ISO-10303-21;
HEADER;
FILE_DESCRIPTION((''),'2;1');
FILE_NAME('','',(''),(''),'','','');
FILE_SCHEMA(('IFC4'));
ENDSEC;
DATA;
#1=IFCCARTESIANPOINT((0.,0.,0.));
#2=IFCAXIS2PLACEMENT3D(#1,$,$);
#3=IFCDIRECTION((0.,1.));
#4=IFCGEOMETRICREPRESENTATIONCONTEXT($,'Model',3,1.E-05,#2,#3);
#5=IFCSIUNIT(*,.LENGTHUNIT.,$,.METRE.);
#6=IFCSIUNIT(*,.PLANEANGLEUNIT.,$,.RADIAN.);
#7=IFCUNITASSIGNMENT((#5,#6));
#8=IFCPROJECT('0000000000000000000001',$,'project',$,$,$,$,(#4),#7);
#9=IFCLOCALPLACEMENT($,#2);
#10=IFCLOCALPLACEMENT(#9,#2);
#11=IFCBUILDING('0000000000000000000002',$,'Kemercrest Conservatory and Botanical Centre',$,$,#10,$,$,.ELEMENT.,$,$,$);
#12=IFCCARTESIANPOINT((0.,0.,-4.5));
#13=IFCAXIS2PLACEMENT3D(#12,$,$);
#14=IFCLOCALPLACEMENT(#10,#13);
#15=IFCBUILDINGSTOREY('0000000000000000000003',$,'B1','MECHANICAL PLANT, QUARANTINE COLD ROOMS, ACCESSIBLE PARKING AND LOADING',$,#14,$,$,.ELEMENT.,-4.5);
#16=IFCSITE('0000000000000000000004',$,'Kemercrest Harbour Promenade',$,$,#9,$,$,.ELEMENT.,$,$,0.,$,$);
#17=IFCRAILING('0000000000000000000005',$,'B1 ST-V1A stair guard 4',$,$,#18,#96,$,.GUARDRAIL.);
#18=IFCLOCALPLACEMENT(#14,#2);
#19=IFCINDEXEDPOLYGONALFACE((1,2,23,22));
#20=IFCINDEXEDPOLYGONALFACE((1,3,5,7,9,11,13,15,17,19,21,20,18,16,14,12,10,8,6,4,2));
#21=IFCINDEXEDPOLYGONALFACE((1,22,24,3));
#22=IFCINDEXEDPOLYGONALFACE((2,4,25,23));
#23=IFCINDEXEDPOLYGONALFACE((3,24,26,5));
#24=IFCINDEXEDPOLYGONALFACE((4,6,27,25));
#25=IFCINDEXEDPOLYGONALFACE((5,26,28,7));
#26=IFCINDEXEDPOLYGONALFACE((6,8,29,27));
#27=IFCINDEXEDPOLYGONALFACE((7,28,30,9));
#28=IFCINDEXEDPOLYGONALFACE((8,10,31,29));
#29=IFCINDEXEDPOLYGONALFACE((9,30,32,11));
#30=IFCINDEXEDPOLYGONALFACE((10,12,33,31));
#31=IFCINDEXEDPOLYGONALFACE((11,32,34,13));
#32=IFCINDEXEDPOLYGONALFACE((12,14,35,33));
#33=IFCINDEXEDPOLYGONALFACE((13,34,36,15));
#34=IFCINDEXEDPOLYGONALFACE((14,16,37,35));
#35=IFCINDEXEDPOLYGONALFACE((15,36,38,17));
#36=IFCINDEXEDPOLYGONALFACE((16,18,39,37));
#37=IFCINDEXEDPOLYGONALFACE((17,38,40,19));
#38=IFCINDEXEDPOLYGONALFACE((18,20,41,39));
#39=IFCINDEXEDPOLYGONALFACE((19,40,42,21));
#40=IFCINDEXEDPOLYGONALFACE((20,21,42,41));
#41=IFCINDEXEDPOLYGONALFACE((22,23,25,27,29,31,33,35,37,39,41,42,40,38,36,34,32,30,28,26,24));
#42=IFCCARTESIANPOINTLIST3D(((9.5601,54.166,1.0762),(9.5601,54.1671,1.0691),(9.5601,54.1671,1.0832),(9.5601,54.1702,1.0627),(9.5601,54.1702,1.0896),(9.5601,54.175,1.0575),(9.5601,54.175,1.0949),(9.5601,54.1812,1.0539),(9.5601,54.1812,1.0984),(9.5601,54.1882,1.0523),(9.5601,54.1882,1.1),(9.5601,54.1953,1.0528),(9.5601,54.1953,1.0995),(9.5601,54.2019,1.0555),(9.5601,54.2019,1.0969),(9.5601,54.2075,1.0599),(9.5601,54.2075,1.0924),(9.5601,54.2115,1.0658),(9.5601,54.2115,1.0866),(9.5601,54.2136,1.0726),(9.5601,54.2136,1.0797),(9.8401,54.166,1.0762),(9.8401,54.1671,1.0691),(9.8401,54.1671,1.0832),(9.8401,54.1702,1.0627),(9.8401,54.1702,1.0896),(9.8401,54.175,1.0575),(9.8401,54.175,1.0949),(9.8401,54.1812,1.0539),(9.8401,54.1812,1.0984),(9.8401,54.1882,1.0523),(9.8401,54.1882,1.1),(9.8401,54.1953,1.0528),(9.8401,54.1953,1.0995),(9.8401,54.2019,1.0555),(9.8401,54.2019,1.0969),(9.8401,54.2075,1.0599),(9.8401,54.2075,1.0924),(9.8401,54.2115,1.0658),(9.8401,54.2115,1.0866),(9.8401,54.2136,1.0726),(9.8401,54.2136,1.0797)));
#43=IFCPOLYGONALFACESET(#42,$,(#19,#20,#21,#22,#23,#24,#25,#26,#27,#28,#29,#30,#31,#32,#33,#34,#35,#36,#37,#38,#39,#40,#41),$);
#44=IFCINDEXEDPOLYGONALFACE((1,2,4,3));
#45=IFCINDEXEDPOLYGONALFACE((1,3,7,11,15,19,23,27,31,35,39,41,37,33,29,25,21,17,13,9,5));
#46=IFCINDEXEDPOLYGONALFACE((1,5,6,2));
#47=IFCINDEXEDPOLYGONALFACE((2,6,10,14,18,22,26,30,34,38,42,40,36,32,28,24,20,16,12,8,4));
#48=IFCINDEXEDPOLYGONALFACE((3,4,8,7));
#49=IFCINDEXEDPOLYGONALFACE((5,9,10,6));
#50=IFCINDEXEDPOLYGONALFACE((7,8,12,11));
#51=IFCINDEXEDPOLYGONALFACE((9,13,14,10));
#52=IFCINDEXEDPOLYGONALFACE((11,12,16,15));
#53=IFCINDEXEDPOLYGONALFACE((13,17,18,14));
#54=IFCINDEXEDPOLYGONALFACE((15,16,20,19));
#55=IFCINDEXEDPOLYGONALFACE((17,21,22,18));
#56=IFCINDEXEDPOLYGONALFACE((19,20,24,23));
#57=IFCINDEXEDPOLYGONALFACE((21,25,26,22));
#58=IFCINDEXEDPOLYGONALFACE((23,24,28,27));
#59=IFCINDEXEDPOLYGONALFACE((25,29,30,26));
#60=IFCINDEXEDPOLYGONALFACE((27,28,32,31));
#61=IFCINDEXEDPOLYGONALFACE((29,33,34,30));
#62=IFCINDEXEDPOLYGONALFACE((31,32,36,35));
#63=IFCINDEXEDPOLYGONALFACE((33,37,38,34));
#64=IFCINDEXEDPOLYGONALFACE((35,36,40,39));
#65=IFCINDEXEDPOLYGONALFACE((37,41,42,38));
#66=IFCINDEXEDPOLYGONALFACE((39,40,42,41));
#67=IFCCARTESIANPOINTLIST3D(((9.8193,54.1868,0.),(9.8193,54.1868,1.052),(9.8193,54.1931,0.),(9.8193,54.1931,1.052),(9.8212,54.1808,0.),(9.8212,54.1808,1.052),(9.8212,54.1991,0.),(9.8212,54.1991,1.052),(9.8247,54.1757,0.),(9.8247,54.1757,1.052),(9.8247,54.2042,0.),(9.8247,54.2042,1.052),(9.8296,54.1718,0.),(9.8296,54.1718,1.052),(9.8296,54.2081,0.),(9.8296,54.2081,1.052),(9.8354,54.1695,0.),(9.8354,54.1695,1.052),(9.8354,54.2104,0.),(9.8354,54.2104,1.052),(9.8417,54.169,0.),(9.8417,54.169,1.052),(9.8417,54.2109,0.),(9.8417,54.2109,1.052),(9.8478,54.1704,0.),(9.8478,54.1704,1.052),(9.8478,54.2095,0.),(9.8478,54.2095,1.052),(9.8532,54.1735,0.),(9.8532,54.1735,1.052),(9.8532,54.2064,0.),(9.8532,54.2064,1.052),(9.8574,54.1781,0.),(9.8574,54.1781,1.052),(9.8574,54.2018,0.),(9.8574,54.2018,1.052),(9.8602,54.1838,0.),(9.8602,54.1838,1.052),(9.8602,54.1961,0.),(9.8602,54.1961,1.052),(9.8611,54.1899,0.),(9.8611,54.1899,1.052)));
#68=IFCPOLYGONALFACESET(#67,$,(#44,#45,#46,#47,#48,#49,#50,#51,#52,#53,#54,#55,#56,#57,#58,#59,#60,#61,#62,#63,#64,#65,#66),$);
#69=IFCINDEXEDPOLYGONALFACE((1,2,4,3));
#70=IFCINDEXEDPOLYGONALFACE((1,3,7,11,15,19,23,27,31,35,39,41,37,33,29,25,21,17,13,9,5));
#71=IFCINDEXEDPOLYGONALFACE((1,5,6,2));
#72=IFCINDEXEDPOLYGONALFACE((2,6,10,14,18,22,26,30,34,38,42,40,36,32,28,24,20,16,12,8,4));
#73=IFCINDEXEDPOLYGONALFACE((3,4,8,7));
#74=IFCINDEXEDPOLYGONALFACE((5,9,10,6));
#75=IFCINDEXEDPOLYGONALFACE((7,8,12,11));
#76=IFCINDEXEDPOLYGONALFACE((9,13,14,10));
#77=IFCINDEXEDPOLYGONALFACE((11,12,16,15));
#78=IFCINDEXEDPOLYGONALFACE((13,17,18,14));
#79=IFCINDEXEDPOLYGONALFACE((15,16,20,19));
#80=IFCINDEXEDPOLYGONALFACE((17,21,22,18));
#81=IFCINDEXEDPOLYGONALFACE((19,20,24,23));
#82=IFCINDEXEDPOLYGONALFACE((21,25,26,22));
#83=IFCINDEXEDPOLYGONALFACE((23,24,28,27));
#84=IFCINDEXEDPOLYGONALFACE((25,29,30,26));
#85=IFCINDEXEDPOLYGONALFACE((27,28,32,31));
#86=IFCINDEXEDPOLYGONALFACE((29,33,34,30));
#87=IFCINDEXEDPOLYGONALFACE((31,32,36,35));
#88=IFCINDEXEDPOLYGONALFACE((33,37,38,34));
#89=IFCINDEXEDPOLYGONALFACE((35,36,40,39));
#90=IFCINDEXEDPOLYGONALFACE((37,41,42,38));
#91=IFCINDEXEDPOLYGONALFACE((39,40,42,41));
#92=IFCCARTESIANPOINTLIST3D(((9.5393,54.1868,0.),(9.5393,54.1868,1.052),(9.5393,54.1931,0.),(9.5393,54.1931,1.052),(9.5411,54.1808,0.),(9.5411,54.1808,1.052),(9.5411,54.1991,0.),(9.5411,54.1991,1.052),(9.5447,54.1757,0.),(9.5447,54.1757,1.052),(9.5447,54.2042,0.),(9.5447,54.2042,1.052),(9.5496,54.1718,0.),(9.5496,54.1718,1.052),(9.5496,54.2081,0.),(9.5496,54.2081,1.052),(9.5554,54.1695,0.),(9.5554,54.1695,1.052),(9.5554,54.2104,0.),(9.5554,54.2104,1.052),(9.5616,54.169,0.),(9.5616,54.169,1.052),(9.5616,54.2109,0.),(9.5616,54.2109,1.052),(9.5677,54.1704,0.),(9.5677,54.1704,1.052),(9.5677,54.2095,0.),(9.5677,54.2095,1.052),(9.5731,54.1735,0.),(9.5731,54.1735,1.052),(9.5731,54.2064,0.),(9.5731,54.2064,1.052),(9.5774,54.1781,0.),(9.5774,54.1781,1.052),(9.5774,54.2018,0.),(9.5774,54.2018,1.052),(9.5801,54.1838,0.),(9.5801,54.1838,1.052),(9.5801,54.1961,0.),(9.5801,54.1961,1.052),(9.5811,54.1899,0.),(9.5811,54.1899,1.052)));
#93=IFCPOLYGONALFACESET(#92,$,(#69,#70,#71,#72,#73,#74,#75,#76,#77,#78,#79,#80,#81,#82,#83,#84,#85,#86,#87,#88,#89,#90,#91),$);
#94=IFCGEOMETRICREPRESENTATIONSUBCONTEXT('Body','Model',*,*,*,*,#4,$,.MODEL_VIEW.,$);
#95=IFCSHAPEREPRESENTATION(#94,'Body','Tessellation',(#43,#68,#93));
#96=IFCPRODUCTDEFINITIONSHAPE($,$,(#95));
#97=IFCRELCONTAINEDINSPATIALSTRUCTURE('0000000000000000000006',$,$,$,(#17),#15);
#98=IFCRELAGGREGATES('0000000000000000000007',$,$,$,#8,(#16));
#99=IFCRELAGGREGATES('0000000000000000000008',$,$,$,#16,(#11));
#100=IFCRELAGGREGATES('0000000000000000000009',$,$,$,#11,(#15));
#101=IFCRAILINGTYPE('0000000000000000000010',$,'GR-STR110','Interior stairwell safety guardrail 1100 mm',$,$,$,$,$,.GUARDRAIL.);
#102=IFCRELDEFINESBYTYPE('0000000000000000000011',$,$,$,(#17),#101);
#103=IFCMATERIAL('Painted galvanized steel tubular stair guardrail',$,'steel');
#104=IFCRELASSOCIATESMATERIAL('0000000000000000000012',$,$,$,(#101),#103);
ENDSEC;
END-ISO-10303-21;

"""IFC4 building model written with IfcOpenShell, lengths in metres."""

from ifc_helpers import new_model, si_unit, direction, frame, origin, origin_2d, place, context, subcontext, project, spatial, circle, extrude, material, type_object, element, save


model = new_model("IFC4")

# Units and contexts
model_context = context("Model", 3, precision=1e-05, world=origin(), true_north=direction((0.0, 1.0)))
body_context = subcontext(model_context, "Body", "Model", "MODEL_VIEW")
ifc_project = project(units=[si_unit("LENGTHUNIT", "METRE"), si_unit("PLANEANGLEUNIT", "RADIAN")], contexts=[model_context])

# Site, building, storey
site_placement = place(None, origin())
site = spatial("IfcSite", under=ifc_project, at=site_placement, Name="Kemercrest Harbour Promenade", CompositionType="ELEMENT", RefElevation=0.0)
building_placement = place(site_placement, origin())
building = spatial("IfcBuilding", under=site, at=building_placement, Name="Kemercrest Conservatory and Botanical Centre", CompositionType="ELEMENT")
storey_placement = place(building_placement, frame((0.0, 0.0, -4.5)))
storey = spatial("IfcBuildingStorey", under=building, at=storey_placement, Name="B1", Description="MECHANICAL PLANT, QUARANTINE COLD ROOMS, ACCESSIBLE PARKING AND LOADING", CompositionType="ELEMENT", Elevation=-4.5)

# Railing
ifc_material_1 = material(Name="Painted galvanized steel tubular stair guardrail", Category="steel")
railing_type_1 = type_object("IfcRailingType", Name="GR-STR110", Description="Interior stairwell safety guardrail 1100 mm", PredefinedType="GUARDRAIL", material=ifc_material_1)
railing_1_placement = place(storey_placement, frame((9.8401, 54.1899, 0.0)))
element("IfcRailing", 1, at=railing_1_placement, inside=storey, type_object=railing_type_1, Name="B1 ST-V1A stair guard 4", PredefinedType="GUARDRAIL", context=body_context, shape_type="SweptSolid", body=[
    extrude(circle(Radius=0.0239, at=origin_2d()), frame((0.0, 0.0, 1.0762), z_axis=(-1.0, 0.0, 0.0), x_axis=(0.0, -1.0, 0.0)), (0.0, 0.0, 1.0), 0.28),
    extrude(circle(Radius=0.021, at=origin_2d()), origin(), (0.0, 0.0, 1.0), 1.052),
    extrude(circle(Radius=0.021, at=origin_2d()), frame((-0.28, 0.0, 0.0)), (0.0, 0.0, 1.0), 1.052),
])

save(model, "model.ifc")
